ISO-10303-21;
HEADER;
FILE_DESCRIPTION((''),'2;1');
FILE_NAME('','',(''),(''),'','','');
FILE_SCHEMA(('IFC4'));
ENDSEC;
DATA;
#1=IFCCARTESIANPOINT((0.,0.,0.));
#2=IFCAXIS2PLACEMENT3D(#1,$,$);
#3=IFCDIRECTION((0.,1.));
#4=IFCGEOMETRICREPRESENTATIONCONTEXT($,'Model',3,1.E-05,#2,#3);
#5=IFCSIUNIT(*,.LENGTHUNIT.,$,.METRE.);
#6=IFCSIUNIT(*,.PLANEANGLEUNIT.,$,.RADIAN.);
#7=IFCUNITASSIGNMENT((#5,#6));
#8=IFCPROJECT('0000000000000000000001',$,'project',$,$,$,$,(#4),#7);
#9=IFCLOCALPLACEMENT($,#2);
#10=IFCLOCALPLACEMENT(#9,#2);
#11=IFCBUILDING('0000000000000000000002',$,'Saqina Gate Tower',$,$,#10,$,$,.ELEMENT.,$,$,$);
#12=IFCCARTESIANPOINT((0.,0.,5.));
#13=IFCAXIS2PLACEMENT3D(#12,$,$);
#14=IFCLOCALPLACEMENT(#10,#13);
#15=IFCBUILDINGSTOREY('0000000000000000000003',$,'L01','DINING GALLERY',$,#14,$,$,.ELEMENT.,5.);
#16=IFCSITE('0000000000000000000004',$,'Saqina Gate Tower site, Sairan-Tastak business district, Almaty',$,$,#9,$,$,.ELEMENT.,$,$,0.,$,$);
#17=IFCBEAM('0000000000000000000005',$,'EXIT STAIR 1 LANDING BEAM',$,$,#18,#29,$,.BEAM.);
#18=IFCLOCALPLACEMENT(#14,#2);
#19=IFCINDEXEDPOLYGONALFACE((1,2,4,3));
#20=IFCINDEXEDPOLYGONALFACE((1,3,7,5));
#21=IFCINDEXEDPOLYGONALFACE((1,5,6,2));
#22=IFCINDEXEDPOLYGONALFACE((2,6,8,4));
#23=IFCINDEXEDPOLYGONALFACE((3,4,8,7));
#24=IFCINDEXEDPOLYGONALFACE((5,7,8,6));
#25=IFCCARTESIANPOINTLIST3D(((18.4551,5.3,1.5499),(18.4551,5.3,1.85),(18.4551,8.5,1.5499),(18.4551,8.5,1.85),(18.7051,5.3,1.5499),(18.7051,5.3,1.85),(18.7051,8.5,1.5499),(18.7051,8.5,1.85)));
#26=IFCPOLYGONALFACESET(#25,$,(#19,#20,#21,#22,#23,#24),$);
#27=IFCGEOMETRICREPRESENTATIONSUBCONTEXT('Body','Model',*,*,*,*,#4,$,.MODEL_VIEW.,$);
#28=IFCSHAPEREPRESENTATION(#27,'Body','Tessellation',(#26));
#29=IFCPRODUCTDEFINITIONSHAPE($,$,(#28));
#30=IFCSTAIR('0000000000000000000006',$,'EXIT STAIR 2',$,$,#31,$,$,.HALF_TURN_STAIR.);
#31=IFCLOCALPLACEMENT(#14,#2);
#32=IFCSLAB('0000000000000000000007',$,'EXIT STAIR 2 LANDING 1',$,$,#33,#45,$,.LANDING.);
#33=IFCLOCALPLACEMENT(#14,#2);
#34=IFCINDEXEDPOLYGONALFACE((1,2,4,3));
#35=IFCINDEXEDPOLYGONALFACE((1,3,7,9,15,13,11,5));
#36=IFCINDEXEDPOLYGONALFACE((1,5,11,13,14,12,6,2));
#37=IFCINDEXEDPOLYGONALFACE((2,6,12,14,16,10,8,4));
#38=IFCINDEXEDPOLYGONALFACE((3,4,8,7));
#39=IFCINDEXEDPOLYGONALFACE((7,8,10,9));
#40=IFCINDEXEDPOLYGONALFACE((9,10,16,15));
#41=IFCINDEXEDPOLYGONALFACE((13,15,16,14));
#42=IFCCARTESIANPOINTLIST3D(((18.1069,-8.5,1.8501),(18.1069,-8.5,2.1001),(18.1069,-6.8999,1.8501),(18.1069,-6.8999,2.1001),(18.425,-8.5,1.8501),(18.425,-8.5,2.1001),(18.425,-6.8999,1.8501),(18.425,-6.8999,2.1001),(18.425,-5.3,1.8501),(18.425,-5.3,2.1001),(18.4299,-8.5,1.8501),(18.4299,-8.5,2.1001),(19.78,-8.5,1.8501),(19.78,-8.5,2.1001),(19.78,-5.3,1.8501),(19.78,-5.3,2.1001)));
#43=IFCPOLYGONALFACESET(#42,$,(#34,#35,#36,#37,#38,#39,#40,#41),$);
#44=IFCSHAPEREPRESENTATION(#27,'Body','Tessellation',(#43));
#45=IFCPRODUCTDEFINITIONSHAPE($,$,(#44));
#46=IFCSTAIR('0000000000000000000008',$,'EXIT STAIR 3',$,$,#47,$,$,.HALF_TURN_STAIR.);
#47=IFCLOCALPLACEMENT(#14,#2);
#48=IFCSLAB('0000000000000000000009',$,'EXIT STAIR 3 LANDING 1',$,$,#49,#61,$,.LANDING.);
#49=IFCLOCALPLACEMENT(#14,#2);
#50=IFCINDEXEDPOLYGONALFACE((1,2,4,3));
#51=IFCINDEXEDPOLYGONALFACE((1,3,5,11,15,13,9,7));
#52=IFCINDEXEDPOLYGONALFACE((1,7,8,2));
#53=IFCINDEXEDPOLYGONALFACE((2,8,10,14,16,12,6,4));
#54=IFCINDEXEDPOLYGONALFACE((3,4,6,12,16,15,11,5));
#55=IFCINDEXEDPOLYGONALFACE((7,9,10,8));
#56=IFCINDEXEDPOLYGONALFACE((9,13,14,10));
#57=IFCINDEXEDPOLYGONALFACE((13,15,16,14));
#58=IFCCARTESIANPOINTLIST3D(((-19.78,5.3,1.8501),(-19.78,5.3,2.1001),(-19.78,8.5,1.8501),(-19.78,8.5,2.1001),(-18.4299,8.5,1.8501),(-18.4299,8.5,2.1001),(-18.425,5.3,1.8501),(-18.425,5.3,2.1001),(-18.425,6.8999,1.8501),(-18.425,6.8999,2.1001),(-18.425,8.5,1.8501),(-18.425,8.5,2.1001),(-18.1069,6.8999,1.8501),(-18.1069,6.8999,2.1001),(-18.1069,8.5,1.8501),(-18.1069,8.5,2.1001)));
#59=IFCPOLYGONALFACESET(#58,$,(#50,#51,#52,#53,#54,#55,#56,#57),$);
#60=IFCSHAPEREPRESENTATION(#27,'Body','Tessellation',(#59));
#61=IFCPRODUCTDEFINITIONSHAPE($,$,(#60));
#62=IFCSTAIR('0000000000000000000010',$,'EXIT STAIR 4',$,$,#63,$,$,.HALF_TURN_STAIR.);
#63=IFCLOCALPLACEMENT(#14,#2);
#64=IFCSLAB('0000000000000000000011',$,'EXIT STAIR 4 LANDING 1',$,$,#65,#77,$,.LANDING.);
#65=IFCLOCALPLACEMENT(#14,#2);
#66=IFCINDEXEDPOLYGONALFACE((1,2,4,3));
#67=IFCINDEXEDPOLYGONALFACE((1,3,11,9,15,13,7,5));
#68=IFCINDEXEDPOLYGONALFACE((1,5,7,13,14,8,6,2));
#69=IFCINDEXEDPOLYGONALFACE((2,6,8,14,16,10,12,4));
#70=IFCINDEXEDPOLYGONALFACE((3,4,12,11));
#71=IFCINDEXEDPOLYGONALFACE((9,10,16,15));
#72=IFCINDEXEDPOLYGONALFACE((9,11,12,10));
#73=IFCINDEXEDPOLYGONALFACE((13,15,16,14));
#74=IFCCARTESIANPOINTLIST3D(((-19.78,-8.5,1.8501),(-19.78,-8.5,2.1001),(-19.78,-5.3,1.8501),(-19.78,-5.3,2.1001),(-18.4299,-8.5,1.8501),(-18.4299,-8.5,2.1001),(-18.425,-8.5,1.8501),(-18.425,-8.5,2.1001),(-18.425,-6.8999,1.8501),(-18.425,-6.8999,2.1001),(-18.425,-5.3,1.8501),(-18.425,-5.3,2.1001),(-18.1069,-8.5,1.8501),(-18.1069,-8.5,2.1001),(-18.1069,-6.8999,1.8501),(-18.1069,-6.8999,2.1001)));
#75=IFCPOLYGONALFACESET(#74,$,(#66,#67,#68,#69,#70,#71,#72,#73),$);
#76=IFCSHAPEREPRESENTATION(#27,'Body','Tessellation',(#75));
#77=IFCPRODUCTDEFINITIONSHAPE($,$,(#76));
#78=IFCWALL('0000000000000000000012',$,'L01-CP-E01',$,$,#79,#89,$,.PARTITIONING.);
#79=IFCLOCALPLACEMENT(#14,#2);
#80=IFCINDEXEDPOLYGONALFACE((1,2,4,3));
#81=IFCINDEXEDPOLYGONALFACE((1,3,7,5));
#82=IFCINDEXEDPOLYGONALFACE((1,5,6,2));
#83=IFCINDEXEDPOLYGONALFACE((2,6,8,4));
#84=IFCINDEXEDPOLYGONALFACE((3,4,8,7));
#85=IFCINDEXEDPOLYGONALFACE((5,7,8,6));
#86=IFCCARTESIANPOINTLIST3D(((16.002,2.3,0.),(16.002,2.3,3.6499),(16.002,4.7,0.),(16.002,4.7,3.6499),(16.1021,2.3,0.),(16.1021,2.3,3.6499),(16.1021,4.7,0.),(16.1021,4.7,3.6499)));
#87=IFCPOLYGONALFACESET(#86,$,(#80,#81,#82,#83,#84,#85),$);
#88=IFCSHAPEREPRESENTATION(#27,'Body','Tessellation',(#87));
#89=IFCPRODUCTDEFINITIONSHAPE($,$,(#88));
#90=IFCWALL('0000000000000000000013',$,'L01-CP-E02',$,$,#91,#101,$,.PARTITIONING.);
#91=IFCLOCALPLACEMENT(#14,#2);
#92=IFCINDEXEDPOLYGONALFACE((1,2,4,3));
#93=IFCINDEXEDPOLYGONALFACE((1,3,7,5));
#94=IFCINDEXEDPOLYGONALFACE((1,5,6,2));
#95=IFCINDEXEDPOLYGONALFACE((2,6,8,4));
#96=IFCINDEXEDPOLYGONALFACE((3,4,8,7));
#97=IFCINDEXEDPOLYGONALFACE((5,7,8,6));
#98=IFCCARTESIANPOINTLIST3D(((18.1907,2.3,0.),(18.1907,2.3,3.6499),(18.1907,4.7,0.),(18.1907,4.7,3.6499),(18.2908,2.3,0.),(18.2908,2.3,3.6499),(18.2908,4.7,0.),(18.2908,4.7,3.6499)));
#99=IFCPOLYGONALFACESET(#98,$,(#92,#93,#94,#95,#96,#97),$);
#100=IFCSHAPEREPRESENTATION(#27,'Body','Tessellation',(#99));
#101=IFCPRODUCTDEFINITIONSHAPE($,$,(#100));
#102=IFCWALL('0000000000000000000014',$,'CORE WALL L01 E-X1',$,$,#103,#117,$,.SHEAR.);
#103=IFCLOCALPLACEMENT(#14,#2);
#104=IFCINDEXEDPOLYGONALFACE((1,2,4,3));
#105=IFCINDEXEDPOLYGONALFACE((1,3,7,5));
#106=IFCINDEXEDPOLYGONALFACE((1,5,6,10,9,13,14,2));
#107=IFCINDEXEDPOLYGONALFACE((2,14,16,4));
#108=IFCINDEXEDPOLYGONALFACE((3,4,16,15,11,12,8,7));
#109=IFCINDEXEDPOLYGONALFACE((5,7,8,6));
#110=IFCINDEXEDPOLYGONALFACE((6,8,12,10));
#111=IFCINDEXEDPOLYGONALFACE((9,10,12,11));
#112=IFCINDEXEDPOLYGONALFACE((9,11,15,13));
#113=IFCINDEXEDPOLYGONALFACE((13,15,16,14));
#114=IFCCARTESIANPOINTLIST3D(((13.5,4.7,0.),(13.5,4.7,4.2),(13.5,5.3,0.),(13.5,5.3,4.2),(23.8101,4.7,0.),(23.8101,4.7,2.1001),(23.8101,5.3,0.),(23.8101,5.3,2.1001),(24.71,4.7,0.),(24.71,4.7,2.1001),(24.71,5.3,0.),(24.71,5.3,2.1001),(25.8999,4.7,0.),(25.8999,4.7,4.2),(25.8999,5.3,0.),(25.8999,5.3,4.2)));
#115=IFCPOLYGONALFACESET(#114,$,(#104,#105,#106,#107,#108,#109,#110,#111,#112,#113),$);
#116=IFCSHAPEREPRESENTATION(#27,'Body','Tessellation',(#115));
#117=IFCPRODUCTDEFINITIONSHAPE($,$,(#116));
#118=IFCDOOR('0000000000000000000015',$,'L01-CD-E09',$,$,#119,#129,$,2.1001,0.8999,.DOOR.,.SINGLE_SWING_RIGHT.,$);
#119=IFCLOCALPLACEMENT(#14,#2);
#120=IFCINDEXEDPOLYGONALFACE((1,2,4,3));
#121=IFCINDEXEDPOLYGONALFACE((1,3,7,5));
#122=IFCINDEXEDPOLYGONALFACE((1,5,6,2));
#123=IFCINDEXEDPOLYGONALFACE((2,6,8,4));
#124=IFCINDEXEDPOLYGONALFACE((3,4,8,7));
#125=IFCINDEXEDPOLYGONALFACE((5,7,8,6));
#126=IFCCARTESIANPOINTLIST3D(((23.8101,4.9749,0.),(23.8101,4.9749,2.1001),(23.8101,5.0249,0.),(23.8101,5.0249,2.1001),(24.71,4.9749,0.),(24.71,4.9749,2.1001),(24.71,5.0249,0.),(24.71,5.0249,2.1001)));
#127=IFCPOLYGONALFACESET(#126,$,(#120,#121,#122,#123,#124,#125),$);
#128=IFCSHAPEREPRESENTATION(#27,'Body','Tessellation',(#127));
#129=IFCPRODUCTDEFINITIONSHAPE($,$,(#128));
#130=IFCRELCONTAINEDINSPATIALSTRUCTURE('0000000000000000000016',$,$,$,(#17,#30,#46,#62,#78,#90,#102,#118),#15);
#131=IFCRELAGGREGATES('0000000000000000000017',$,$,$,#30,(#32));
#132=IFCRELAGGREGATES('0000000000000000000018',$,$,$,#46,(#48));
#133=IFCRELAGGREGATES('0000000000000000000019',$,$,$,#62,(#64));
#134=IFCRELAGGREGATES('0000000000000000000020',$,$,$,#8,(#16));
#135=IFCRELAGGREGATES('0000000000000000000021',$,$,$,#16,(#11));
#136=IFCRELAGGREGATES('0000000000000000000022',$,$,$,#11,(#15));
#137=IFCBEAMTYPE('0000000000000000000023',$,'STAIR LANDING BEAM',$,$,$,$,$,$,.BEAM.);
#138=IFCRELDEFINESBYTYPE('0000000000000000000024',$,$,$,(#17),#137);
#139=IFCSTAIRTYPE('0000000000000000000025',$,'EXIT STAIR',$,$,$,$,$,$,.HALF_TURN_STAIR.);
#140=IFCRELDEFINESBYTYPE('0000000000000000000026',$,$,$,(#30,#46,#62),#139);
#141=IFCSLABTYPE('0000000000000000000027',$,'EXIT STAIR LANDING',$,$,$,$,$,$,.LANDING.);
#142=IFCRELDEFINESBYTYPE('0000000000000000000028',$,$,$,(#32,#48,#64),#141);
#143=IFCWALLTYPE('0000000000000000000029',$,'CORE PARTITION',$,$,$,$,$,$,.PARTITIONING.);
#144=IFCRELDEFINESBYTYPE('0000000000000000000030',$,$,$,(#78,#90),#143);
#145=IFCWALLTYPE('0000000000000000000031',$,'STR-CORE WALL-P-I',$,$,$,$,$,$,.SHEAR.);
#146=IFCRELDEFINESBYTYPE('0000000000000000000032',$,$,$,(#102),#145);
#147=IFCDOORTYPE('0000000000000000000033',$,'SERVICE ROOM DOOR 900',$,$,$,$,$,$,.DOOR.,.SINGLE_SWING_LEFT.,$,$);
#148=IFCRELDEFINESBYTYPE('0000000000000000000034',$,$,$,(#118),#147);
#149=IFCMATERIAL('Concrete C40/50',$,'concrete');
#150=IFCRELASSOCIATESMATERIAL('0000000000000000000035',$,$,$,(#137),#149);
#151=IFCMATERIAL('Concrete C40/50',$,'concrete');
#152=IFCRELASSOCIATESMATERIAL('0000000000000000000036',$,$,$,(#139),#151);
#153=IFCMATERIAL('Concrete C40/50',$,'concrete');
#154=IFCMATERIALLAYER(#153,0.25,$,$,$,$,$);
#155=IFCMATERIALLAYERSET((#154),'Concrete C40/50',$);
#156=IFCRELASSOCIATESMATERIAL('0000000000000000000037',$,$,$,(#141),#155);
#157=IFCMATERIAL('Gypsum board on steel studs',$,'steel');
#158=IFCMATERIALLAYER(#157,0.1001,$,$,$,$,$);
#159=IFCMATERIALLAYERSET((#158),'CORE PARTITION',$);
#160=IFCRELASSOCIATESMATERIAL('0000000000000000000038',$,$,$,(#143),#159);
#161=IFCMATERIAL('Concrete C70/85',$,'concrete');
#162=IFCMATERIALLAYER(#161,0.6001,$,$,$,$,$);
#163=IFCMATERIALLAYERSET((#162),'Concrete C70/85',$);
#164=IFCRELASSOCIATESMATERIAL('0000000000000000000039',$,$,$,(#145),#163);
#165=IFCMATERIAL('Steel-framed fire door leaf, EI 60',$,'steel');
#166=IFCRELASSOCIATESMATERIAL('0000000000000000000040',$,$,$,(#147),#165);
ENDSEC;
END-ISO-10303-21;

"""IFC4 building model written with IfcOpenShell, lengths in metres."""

from ifc_helpers import new_model, si_unit, direction, frame, frame_2d, origin, origin_2d, place, context, subcontext, project, spatial, polyline, rectangle, outline, extrude, material, layer, layer_set, material_profile, profile_set, type_object, element, fill, aggregate, save


model = new_model("IFC4")

# Units and contexts
model_context = context("Model", 3, precision=1e-05, world=origin(), true_north=direction((0.0, 1.0)))
body_context = subcontext(model_context, "Body", "Model", "MODEL_VIEW")
ifc_project = project(units=[si_unit("LENGTHUNIT", "METRE"), si_unit("PLANEANGLEUNIT", "RADIAN")], contexts=[model_context])

# Site, building, storey
site_placement = place(None, origin())
site = spatial("IfcSite", under=ifc_project, at=site_placement, Name="Saqina Gate Tower site, Sairan-Tastak business district, Almaty", CompositionType="ELEMENT", RefElevation=0.0)
building_placement = place(site_placement, origin())
building = spatial("IfcBuilding", under=site, at=building_placement, Name="Saqina Gate Tower", CompositionType="ELEMENT")
storey_placement = place(building_placement, frame((0.0, 0.0, 5.0)))
storey = spatial("IfcBuildingStorey", under=building, at=storey_placement, Name="L01", Description="DINING GALLERY", CompositionType="ELEMENT", Elevation=5.0)

# Beam
ifc_material_1 = material(Name="Concrete C40/50", Category="concrete")
ifc_material_profile = material_profile(ifc_material_1, rectangle(XDim=0.25, YDim=0.3, at=origin_2d()), Name="STAIR LANDING BEAM")
ifc_profile_set = profile_set([ifc_material_profile], Name="Concrete C40/50")
beam_type = type_object("IfcBeamType", Name="STAIR LANDING BEAM", PredefinedType="BEAM", material=ifc_profile_set)
beam_placement = place(storey_placement, frame((18.5801, 5.3, 1.7), z_axis=(0.0, 1.0, 0.0), x_axis=(-1.0, 0.0, 0.0)))
element("IfcBeam", 1, at=beam_placement, inside=storey, type_object=beam_type, Name="EXIT STAIR 1 LANDING BEAM", PredefinedType="BEAM", context=body_context, shape_type="SweptSolid", body=[
    extrude(rectangle(XDim=0.25, YDim=0.3, at=origin_2d()), origin(), (0.0, 0.0, 1.0), 3.2),
])

# Stairs, slabs
ifc_material_2 = material(Name="Concrete C40/50", Category="concrete")
stair_type = type_object("IfcStairType", Name="EXIT STAIR", PredefinedType="HALF_TURN_STAIR", material=ifc_material_2)
stair_1_placement = place(storey_placement, origin())
stair_1 = element("IfcStair", 2, at=stair_1_placement, inside=storey, type_object=stair_type, Name="EXIT STAIR 2", PredefinedType="HALF_TURN_STAIR")
ifc_material_3 = material(Name="Concrete C40/50", Category="concrete")
ifc_layer_1 = layer(ifc_material_3, 0.25)
ifc_layer_set_1 = layer_set([ifc_layer_1], Name="Concrete C40/50")
slab_type = type_object("IfcSlabType", Name="EXIT STAIR LANDING", PredefinedType="LANDING", material=ifc_layer_set_1)
slab_1_placement = place(storey_placement, frame((0.0, 0.0, 1.8501)))
slab_1 = element("IfcSlab", 3, at=slab_1_placement, type_object=slab_type, Name="EXIT STAIR 2 LANDING 1", PredefinedType="LANDING", context=body_context, shape_type="SweptSolid", body=[
    extrude(outline(polyline([(18.1069, -8.5), (18.1069, -6.8999), (18.425, -6.8999), (18.425, -5.3), (19.78, -5.3), (19.78, -8.5), (18.4299, -8.5), (18.425, -8.5), (18.1069, -8.5)])), origin(), (0.0, 0.0, 1.0), 0.25),
])
aggregate(stair_1, [slab_1])
stair_2_placement = place(storey_placement, origin())
stair_2 = element("IfcStair", 4, at=stair_2_placement, inside=storey, type_object=stair_type, Name="EXIT STAIR 3", PredefinedType="HALF_TURN_STAIR")
slab_2_placement = place(storey_placement, frame((0.0, 0.0, 1.8501)))
slab_2 = element("IfcSlab", 5, at=slab_2_placement, type_object=slab_type, Name="EXIT STAIR 3 LANDING 1", PredefinedType="LANDING", context=body_context, shape_type="SweptSolid", body=[
    extrude(outline(polyline([(-18.425, 5.3), (-19.78, 5.3), (-19.78, 8.5), (-18.4299, 8.5), (-18.425, 8.5), (-18.1069, 8.5), (-18.1069, 6.8999), (-18.425, 6.8999), (-18.425, 5.3)])), origin(), (0.0, 0.0, 1.0), 0.25),
])
aggregate(stair_2, [slab_2])
stair_3_placement = place(storey_placement, origin())
stair_3 = element("IfcStair", 6, at=stair_3_placement, inside=storey, type_object=stair_type, Name="EXIT STAIR 4", PredefinedType="HALF_TURN_STAIR")
slab_3_placement = place(storey_placement, frame((0.0, 0.0, 1.8501)))
slab_3 = element("IfcSlab", 7, at=slab_3_placement, type_object=slab_type, Name="EXIT STAIR 4 LANDING 1", PredefinedType="LANDING", context=body_context, shape_type="SweptSolid", body=[
    extrude(outline(polyline([(-18.1069, -6.8999), (-18.1069, -8.5), (-18.425, -8.5), (-18.4299, -8.5), (-19.78, -8.5), (-19.78, -5.3), (-18.425, -5.3), (-18.425, -6.8999), (-18.1069, -6.8999)])), origin(), (0.0, 0.0, 1.0), 0.25),
])
aggregate(stair_3, [slab_3])

# Walls
ifc_material_4 = material(Name="Gypsum board on steel studs", Category="steel")
ifc_layer_2 = layer(ifc_material_4, 0.1001)
ifc_layer_set_2 = layer_set([ifc_layer_2], Name="CORE PARTITION")
wall_type_1 = type_object("IfcWallType", Name="CORE PARTITION", PredefinedType="PARTITIONING", material=ifc_layer_set_2)
for number, where, z_axis, x_axis, name in (
    (8, (16.052, 2.3, 0.0), (0.0, 0.0, 1.0), (0.0, 1.0, 0.0), "L01-CP-E01"),
    (9, (18.2407, 2.3, 0.0), (0.0, 0.0, 1.0), (0.0, 1.0, 0.0), "L01-CP-E02"),
):
    element("IfcWall", number, at=place(storey_placement, frame(where, z_axis=z_axis, x_axis=x_axis)), inside=storey, type_object=wall_type_1, Name=name, PredefinedType="PARTITIONING", context=body_context, shape_type="SweptSolid", body=[
        extrude(rectangle(XDim=2.3999, YDim=0.1001, at=frame_2d((1.2, 0.0))), origin(), (0.0, 0.0, 1.0), 3.6499),
    ])

# Wall, opening, door
ifc_material_5 = material(Name="Concrete C70/85", Category="concrete")
ifc_layer_3 = layer(ifc_material_5, 0.6001)
ifc_layer_set_3 = layer_set([ifc_layer_3], Name="Concrete C70/85")
wall_type_2 = type_object("IfcWallType", Name="STR-CORE WALL-P-I", PredefinedType="SHEAR", material=ifc_layer_set_3)
wall_1_placement = place(storey_placement, frame((13.5, 5.0, 0.0), z_axis=(0.0, 0.0, 1.0), x_axis=(1.0, 0.0, 0.0)))
wall_1 = element("IfcWall", 10, at=wall_1_placement, inside=storey, type_object=wall_type_2, Name="CORE WALL L01 E-X1", PredefinedType="SHEAR", context=body_context, shape_type="SweptSolid", body=[
    extrude(rectangle(XDim=12.3999, YDim=0.6001, at=frame_2d((6.2, 0.0))), origin(), (0.0, 0.0, 1.0), 4.2),
])
opening_1_placement = place(wall_1_placement, frame((10.3101, 0.0, 0.0)))
opening_1 = element("IfcOpeningElement", 11, at=opening_1_placement, cuts=wall_1, PredefinedType="OPENING", context=body_context, shape_type="SweptSolid", body=[
    extrude(rectangle(XDim=0.8999, YDim=2.1001, at=frame_2d((0.45, 1.05))), frame((0.0, 0.312, 0.0), z_axis=(0.0, -1.0, 0.0), x_axis=(1.0, 0.0, 0.0)), (0.0, 0.0, 1.0), 0.624),
])
ifc_material_6 = material(Name="Steel-framed fire door leaf, EI 60", Category="steel")
door_type_1 = type_object("IfcDoorType", Name="SERVICE ROOM DOOR 900", OperationType="SINGLE_SWING_LEFT", PredefinedType="DOOR", material=ifc_material_6)
door_1_placement = place(opening_1_placement, origin())
door_1 = element("IfcDoor", 12, at=door_1_placement, inside=storey, type_object=door_type_1, Name="L01-CD-E09", OperationType="SINGLE_SWING_RIGHT", OverallHeight=2.1001, OverallWidth=0.8999, PredefinedType="DOOR", context=body_context, shape_type="SweptSolid", body=[
    extrude(rectangle(XDim=0.8999, YDim=2.1001, at=frame_2d((0.45, 1.05))), frame((0.0, 0.0249, 0.0), z_axis=(0.0, -1.0, 0.0), x_axis=(1.0, 0.0, 0.0)), (0.0, 0.0, 1.0), 0.05),
])
fill(opening_1, door_1)

save(model, "model.ifc")
